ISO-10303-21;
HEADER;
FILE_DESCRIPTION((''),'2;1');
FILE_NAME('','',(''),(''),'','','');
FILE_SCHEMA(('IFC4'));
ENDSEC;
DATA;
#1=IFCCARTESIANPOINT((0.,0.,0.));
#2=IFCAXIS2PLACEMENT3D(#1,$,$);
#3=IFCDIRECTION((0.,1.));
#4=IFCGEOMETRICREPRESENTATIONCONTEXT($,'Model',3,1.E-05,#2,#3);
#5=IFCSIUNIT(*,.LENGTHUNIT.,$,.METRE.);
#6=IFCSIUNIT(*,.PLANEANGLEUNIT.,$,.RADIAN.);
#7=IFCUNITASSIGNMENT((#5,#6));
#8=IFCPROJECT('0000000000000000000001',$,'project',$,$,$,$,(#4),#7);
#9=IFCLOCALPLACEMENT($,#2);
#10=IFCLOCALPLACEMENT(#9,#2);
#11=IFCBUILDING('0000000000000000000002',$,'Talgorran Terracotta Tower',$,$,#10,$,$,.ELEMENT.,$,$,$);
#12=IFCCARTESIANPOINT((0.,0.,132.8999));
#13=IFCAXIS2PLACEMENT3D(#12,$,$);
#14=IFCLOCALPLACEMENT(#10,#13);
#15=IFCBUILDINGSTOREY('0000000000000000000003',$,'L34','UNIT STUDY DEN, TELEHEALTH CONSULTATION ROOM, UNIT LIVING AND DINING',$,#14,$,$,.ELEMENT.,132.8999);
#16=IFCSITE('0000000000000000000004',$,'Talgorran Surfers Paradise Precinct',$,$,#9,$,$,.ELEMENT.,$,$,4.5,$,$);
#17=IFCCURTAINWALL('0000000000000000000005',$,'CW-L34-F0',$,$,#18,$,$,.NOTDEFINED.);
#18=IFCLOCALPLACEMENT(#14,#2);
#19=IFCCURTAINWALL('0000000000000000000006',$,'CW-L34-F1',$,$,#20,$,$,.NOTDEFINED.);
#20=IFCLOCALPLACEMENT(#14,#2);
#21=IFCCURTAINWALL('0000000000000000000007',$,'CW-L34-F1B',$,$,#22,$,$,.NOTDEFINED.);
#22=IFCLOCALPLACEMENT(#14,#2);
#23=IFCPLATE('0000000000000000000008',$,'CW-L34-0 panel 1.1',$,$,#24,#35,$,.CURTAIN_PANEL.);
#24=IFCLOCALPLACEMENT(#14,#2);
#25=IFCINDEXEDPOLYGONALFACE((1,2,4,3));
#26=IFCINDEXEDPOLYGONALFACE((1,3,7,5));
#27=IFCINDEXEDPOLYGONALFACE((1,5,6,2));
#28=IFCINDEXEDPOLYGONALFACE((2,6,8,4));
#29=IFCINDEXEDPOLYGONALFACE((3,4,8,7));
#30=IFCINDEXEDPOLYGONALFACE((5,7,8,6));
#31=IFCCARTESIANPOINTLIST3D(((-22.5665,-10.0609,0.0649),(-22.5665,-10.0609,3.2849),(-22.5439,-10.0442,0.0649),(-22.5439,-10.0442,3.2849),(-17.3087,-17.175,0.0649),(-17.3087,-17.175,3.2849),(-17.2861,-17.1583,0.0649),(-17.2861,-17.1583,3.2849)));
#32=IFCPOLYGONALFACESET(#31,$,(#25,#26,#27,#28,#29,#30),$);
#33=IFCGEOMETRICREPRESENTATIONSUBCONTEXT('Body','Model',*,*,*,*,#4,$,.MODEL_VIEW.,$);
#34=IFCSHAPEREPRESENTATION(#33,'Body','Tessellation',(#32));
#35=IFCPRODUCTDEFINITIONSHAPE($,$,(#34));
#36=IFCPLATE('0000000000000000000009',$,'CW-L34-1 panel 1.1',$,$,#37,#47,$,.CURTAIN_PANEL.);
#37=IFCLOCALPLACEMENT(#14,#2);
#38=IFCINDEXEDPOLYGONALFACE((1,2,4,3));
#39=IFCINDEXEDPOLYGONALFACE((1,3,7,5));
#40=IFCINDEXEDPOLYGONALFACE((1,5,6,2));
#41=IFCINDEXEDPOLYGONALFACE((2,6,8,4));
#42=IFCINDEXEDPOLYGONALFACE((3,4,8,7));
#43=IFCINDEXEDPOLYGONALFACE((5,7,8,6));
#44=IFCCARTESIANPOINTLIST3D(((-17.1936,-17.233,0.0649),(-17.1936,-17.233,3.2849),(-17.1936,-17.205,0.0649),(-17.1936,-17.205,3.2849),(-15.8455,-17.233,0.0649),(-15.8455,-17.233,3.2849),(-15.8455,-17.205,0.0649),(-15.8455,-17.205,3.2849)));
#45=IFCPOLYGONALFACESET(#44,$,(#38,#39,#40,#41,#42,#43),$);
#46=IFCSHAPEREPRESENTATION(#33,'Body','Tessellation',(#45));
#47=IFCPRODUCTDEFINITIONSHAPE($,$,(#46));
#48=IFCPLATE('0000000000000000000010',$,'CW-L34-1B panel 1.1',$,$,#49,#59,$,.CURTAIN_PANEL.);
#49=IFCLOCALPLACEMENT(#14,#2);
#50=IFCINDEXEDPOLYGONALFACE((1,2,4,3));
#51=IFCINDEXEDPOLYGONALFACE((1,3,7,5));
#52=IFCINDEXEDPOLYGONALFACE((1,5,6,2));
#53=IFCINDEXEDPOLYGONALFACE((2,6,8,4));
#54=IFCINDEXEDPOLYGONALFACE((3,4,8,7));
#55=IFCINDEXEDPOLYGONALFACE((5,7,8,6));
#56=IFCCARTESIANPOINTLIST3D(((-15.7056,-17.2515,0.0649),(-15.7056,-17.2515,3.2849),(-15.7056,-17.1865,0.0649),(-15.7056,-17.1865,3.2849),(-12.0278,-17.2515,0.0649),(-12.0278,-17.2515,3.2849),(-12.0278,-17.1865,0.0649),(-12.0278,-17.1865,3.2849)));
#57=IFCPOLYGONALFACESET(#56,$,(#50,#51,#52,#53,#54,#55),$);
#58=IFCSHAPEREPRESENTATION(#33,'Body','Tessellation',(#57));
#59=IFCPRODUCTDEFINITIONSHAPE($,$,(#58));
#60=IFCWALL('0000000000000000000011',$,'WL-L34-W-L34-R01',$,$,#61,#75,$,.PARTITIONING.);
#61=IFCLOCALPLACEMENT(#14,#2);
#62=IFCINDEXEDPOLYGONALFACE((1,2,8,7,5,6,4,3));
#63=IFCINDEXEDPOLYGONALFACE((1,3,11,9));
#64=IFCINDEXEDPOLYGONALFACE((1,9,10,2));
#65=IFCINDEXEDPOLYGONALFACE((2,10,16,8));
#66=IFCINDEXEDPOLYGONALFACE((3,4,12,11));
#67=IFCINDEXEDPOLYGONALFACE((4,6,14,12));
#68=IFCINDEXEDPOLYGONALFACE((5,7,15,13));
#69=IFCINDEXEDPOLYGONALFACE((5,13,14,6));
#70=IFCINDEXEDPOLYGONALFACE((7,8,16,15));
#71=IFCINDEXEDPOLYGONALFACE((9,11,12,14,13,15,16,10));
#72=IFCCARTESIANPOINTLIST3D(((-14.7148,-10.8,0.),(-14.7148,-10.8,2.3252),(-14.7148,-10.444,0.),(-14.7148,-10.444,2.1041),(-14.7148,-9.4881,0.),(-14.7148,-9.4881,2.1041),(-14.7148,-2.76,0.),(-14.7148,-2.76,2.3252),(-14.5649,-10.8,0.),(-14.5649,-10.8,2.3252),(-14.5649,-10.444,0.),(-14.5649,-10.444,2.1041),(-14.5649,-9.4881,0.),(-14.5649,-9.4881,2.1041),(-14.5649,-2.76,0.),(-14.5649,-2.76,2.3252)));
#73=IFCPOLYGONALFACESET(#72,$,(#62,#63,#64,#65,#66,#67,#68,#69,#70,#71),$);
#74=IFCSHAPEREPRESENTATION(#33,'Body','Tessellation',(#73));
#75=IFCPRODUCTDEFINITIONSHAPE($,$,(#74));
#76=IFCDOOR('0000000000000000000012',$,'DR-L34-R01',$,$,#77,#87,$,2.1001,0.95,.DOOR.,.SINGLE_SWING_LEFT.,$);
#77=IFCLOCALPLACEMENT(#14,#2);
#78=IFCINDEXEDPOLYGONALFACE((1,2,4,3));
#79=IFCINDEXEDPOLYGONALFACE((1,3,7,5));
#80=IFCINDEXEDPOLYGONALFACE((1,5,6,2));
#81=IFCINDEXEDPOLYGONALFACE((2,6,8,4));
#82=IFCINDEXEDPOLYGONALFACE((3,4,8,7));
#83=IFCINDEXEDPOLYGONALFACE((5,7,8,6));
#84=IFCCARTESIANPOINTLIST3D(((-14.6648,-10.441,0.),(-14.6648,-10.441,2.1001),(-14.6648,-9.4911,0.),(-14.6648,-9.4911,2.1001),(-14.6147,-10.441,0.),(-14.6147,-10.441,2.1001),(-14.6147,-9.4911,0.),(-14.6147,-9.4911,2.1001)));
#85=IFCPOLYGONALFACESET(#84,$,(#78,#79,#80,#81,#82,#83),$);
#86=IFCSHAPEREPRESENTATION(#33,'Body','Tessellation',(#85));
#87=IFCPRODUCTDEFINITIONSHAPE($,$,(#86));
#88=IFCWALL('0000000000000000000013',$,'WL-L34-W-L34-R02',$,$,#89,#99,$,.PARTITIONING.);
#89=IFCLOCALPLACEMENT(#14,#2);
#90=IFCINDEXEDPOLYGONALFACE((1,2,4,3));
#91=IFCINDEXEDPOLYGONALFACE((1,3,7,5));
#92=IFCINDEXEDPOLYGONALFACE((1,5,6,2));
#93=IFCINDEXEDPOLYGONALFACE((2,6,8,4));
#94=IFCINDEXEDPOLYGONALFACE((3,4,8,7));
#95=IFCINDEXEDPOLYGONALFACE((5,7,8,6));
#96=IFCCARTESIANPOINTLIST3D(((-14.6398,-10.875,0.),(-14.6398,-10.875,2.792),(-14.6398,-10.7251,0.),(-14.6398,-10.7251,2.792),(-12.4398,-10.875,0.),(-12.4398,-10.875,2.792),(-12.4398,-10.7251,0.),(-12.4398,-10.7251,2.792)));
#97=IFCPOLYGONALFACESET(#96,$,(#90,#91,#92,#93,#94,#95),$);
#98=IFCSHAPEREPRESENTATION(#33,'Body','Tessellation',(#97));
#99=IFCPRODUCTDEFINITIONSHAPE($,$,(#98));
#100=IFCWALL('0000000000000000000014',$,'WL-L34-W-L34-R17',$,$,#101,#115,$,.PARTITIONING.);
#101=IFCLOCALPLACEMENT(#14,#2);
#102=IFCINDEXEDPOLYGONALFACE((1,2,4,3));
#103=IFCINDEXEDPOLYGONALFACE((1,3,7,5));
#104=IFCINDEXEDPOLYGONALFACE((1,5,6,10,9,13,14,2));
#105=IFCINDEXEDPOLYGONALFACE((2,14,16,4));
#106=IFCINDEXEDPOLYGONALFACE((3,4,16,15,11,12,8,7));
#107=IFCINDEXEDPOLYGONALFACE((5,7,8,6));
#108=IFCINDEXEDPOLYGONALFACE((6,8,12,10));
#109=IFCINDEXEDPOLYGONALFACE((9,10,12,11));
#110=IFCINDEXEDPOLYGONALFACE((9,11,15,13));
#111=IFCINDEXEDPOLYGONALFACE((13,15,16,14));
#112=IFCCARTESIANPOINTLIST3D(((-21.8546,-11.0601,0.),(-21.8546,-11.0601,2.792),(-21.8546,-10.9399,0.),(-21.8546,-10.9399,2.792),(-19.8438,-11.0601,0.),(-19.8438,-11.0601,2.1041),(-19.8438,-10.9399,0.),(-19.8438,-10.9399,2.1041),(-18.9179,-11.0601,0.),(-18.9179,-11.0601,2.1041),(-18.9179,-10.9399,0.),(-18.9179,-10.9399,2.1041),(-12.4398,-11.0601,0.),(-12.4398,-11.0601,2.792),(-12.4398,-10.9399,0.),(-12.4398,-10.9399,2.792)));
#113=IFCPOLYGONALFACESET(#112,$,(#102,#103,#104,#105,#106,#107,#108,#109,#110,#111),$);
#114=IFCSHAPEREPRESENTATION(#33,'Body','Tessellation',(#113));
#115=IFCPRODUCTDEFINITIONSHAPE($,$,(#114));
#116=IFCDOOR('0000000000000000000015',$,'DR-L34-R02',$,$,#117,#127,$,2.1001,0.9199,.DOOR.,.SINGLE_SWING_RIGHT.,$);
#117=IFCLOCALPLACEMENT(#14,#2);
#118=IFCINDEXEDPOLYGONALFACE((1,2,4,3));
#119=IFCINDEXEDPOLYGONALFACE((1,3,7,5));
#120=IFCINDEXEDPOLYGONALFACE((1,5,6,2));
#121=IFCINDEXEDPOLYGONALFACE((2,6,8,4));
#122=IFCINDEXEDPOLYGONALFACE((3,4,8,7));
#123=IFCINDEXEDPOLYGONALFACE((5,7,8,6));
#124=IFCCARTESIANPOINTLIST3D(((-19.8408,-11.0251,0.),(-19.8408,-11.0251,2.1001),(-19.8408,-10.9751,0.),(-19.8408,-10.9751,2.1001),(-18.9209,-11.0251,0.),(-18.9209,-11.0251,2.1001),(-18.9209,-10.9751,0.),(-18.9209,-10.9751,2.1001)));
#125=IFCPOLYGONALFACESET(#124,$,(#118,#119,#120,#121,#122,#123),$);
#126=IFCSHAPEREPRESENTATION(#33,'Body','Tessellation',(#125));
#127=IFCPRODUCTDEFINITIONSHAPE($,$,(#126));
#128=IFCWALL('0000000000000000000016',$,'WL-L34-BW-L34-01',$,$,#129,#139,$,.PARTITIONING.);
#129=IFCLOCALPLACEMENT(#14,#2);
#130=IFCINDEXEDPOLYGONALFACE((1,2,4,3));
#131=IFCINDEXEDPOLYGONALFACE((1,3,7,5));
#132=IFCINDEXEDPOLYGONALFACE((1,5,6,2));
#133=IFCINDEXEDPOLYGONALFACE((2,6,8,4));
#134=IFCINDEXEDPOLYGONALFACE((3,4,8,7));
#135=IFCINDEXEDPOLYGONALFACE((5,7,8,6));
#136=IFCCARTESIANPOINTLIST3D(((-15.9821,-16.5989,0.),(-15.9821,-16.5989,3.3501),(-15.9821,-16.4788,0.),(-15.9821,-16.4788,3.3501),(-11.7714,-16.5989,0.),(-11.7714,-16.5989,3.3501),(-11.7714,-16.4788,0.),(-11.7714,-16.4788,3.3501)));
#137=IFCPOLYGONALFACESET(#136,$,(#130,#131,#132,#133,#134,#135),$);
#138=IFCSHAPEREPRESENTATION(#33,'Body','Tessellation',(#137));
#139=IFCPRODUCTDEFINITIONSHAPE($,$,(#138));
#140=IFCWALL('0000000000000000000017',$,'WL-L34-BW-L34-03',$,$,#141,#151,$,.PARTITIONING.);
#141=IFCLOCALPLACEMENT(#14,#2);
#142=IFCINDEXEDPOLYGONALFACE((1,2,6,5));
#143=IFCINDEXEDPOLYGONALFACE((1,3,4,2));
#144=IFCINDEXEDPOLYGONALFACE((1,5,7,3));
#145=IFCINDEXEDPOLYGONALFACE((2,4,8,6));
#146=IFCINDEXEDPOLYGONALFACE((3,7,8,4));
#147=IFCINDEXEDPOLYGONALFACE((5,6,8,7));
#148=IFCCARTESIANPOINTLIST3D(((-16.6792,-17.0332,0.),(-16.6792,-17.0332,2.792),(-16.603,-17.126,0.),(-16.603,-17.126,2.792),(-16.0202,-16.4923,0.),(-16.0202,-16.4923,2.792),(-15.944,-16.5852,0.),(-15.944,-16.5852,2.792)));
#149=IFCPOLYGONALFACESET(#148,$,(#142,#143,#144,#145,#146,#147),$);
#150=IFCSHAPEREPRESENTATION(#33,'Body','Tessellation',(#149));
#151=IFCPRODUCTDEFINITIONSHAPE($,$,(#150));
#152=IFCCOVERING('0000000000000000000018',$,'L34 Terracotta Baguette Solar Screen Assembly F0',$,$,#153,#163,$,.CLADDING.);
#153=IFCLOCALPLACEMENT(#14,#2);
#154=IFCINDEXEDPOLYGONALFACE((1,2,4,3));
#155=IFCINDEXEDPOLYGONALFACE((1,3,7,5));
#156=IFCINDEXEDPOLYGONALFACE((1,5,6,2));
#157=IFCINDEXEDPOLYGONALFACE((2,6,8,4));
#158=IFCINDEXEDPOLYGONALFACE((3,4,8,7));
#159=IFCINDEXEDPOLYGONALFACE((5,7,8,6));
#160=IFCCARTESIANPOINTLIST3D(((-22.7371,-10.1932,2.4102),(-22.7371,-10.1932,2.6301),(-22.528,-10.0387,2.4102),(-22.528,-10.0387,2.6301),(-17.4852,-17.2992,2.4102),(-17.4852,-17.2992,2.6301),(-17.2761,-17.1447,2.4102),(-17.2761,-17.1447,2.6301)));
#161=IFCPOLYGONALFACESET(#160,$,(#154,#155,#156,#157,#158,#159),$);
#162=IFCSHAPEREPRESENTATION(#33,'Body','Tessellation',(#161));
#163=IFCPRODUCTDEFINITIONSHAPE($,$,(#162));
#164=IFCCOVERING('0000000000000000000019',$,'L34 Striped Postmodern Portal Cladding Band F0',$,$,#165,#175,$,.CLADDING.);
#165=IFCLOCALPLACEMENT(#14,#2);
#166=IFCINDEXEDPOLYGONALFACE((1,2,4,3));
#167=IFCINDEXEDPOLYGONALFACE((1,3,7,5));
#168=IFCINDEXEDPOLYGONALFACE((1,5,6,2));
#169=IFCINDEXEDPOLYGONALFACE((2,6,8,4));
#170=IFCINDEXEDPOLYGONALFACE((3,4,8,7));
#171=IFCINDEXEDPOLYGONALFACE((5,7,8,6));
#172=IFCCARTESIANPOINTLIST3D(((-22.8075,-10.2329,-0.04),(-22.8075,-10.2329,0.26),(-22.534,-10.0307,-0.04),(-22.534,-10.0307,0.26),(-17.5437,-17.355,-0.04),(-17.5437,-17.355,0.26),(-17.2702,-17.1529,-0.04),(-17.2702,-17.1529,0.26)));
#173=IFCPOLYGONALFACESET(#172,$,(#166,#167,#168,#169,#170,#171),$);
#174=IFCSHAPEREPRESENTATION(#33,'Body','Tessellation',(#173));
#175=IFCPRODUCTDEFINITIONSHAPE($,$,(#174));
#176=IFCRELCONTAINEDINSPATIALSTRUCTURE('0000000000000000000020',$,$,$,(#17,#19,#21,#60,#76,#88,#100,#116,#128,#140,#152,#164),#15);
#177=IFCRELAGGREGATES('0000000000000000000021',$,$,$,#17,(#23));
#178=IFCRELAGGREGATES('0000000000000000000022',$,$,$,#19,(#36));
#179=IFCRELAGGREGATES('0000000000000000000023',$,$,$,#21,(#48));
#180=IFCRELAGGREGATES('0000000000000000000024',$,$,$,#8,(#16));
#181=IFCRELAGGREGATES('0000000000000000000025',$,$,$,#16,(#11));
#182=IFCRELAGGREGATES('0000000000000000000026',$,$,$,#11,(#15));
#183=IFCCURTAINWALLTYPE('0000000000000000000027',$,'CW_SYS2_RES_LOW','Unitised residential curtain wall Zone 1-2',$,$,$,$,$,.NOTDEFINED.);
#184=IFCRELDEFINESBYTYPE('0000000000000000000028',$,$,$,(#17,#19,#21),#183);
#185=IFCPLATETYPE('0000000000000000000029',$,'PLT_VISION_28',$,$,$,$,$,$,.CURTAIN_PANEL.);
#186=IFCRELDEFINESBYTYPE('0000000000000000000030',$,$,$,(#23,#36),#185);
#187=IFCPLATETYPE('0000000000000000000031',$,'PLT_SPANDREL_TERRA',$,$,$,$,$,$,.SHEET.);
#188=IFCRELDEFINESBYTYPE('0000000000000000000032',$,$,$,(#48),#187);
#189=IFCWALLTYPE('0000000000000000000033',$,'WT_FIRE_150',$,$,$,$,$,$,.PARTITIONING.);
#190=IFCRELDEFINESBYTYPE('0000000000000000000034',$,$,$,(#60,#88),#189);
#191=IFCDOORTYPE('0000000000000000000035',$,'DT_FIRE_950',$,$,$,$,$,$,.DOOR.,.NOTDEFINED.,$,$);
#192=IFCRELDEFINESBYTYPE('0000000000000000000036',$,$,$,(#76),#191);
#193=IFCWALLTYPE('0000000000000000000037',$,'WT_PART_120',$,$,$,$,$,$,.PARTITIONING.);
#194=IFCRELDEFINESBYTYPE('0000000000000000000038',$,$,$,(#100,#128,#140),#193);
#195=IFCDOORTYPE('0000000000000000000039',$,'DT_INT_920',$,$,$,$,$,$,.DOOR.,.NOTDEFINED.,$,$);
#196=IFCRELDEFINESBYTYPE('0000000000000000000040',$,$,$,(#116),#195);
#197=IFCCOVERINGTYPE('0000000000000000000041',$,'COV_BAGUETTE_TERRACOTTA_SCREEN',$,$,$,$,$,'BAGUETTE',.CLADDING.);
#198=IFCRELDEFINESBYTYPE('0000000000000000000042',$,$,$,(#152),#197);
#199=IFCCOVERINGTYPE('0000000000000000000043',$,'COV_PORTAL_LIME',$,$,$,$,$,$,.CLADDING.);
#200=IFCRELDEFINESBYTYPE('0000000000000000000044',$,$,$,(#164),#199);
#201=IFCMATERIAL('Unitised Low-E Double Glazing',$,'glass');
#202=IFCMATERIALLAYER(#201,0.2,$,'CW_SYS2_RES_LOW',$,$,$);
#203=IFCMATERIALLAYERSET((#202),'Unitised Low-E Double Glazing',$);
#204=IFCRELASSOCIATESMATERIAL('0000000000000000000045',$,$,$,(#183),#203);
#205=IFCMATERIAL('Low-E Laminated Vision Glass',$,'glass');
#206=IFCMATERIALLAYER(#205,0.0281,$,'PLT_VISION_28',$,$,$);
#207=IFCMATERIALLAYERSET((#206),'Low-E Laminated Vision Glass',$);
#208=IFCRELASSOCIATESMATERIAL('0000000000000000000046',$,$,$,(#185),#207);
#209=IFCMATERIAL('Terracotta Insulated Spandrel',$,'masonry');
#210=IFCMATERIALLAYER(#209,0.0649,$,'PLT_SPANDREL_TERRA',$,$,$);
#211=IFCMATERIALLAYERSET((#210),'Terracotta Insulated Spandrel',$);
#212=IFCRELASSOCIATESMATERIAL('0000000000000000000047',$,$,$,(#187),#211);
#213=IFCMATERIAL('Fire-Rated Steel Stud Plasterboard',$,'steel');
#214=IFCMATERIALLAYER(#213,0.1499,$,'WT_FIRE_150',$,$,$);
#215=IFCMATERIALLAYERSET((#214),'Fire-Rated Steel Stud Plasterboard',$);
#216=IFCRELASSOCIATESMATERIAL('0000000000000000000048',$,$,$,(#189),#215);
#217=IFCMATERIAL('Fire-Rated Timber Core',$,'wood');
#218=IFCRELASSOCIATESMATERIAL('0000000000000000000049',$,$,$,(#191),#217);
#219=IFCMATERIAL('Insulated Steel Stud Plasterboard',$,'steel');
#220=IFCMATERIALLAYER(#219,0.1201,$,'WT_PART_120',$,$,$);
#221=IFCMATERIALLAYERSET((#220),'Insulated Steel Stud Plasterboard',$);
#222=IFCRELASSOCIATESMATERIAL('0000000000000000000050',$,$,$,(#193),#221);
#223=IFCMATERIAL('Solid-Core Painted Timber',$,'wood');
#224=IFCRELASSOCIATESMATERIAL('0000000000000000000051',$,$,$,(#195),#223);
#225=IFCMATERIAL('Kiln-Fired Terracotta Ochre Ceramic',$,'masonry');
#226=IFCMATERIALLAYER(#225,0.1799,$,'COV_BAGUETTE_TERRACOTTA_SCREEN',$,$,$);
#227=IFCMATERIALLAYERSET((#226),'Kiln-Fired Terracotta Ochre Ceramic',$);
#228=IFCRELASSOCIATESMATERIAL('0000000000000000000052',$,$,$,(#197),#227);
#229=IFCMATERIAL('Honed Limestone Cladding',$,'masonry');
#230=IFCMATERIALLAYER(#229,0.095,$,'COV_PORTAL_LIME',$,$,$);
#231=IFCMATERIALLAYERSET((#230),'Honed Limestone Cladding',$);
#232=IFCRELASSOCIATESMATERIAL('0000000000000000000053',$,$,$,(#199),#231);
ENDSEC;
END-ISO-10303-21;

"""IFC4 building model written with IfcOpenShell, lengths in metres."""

from ifc_helpers import new_model, si_unit, direction, frame, frame_2d, origin, origin_2d, place, context, subcontext, project, spatial, rectangle, extrude, source, transform, mapped, material, layer, layer_set, type_object, type_shapes, element, fill, aggregate, save


model = new_model("IFC4")

# Units and contexts
model_context = context("Model", 3, precision=1e-05, world=origin(), true_north=direction((0.0, 1.0)))
body_context = subcontext(model_context, "Body", "Model", "MODEL_VIEW")
ifc_project = project(units=[si_unit("LENGTHUNIT", "METRE"), si_unit("PLANEANGLEUNIT", "RADIAN")], contexts=[model_context])

# Site, building, storey
site_placement = place(None, origin())
site = spatial("IfcSite", under=ifc_project, at=site_placement, Name="Talgorran Surfers Paradise Precinct", CompositionType="ELEMENT", RefElevation=4.5)
building_placement = place(site_placement, origin())
building = spatial("IfcBuilding", under=site, at=building_placement, Name="Talgorran Terracotta Tower", CompositionType="ELEMENT")
storey_placement = place(building_placement, frame((0.0, 0.0, 132.8999)))
storey = spatial("IfcBuildingStorey", under=building, at=storey_placement, Name="L34", Description="UNIT STUDY DEN, TELEHEALTH CONSULTATION ROOM, UNIT LIVING AND DINING", CompositionType="ELEMENT", Elevation=132.8999)

# Curtain wall
ifc_material_1 = material(Name="Unitised Low-E Double Glazing", Category="glass")
ifc_layer_1 = layer(ifc_material_1, 0.2, Name="CW_SYS2_RES_LOW")
ifc_layer_set_1 = layer_set([ifc_layer_1], Name="Unitised Low-E Double Glazing")
curtain_wall_type = type_object("IfcCurtainWallType", Name="CW_SYS2_RES_LOW", Description="Unitised residential curtain wall Zone 1-2", PredefinedType="NOTDEFINED", material=ifc_layer_set_1)
curtain_wall_1_placement = place(storey_placement, origin())
curtain_wall_1 = element("IfcCurtainWall", 1, at=curtain_wall_1_placement, inside=storey, type_object=curtain_wall_type, Name="CW-L34-F0", PredefinedType="NOTDEFINED")

# Curtain wall
curtain_wall_2_placement = place(storey_placement, origin())
curtain_wall_2 = element("IfcCurtainWall", 2, at=curtain_wall_2_placement, inside=storey, type_object=curtain_wall_type, Name="CW-L34-F1", PredefinedType="NOTDEFINED")

# Curtain wall
curtain_wall_3_placement = place(storey_placement, origin())
curtain_wall_3 = element("IfcCurtainWall", 3, at=curtain_wall_3_placement, inside=storey, type_object=curtain_wall_type, Name="CW-L34-F1B", PredefinedType="NOTDEFINED")

# Plates
ifc_material_2 = material(Name="Low-E Laminated Vision Glass", Category="glass")
ifc_layer_2 = layer(ifc_material_2, 0.0281, Name="PLT_VISION_28")
ifc_layer_set_2 = layer_set([ifc_layer_2], Name="Low-E Laminated Vision Glass")
plate_type_1 = type_object("IfcPlateType", Name="PLT_VISION_28", PredefinedType="CURTAIN_PANEL", material=ifc_layer_set_2)
shared_shape_1 = source(origin(), body_context, "Body", "SweptSolid", [
    extrude(rectangle(XDim=8.8462, YDim=0.0281, at=origin_2d()), origin(), (0.0, 0.0, 1.0), 3.22),
])
plate_1_placement = place(storey_placement, frame((-19.9263, -13.6096, 0.0649), z_axis=(0.0, 0.0, 1.0), x_axis=(0.594358, -0.804201, 0.0)))
plate_1 = element("IfcPlate", 4, at=plate_1_placement, type_object=plate_type_1, Name="CW-L34-0 panel 1.1", PredefinedType="CURTAIN_PANEL", context=body_context, shape_type="MappedRepresentation", body=[
    mapped(shared_shape_1, transform((0.0, 0.0, 0.0), scale=1.0)),
])
aggregate(curtain_wall_1, [plate_1])
shared_shape_2 = source(origin(), body_context, "Body", "SweptSolid", [
    extrude(rectangle(XDim=1.3481, YDim=0.0281, at=origin_2d()), origin(), (0.0, 0.0, 1.0), 3.22),
])
type_shapes(plate_type_1, [shared_shape_1, shared_shape_2])
plate_2_placement = place(storey_placement, frame((-16.5195, -17.219, 0.0649), z_axis=(0.0, 0.0, 1.0), x_axis=(1.0, 0.0, 0.0)))
plate_2 = element("IfcPlate", 5, at=plate_2_placement, type_object=plate_type_1, Name="CW-L34-1 panel 1.1", PredefinedType="CURTAIN_PANEL", context=body_context, shape_type="MappedRepresentation", body=[
    mapped(shared_shape_2, transform((0.0, 0.0, 0.0), scale=1.0)),
])
aggregate(curtain_wall_2, [plate_2])
ifc_material_3 = material(Name="Terracotta Insulated Spandrel", Category="masonry")
ifc_layer_3 = layer(ifc_material_3, 0.0649, Name="PLT_SPANDREL_TERRA")
ifc_layer_set_3 = layer_set([ifc_layer_3], Name="Terracotta Insulated Spandrel")
plate_type_2 = type_object("IfcPlateType", Name="PLT_SPANDREL_TERRA", PredefinedType="SHEET", material=ifc_layer_set_3)
shared_shape_3 = source(origin(), body_context, "Body", "SweptSolid", [
    extrude(rectangle(XDim=3.6777, YDim=0.0649, at=origin_2d()), origin(), (0.0, 0.0, 1.0), 3.22),
])
type_shapes(plate_type_2, [shared_shape_3])
plate_3_placement = place(storey_placement, frame((-13.8667, -17.219, 0.0649), z_axis=(0.0, 0.0, 1.0), x_axis=(1.0, 0.0, 0.0)))
plate_3 = element("IfcPlate", 6, at=plate_3_placement, type_object=plate_type_2, Name="CW-L34-1B panel 1.1", PredefinedType="CURTAIN_PANEL", context=body_context, shape_type="MappedRepresentation", body=[
    mapped(shared_shape_3, transform((0.0, 0.0, 0.0), scale=1.0)),
])
aggregate(curtain_wall_3, [plate_3])

# Wall, opening, door
ifc_material_4 = material(Name="Fire-Rated Steel Stud Plasterboard", Category="steel")
ifc_layer_4 = layer(ifc_material_4, 0.1499, Name="WT_FIRE_150")
ifc_layer_set_4 = layer_set([ifc_layer_4], Name="Fire-Rated Steel Stud Plasterboard")
wall_type_1 = type_object("IfcWallType", Name="WT_FIRE_150", PredefinedType="PARTITIONING", material=ifc_layer_set_4)
wall_1_placement = place(storey_placement, frame((-14.6399, -10.8, 0.0), z_axis=(0.0, 0.0, 1.0), x_axis=(0.0, 1.0, 0.0)))
wall_1 = element("IfcWall", 7, at=wall_1_placement, inside=storey, type_object=wall_type_1, Name="WL-L34-W-L34-R01", PredefinedType="PARTITIONING", context=body_context, shape_type="SweptSolid", body=[
    extrude(rectangle(XDim=8.04, YDim=0.1499, at=frame_2d((4.02, 0.0))), origin(), (0.0, 0.0, 1.0), 2.3252),
])
opening_1_placement = place(wall_1_placement, frame((0.3589, 0.0, 0.0)))
opening_1 = element("IfcOpeningElement", 8, at=opening_1_placement, cuts=wall_1, PredefinedType="OPENING", context=body_context, shape_type="SweptSolid", body=[
    extrude(rectangle(XDim=0.956, YDim=2.1041, at=frame_2d((0.4751, 1.052))), frame((0.0, 0.085, 0.0), z_axis=(0.0, -1.0, 0.0), x_axis=(1.0, 0.0, 0.0)), (0.0, 0.0, 1.0), 0.1699),
])
ifc_material_5 = material(Name="Fire-Rated Timber Core", Category="wood")
door_type_1 = type_object("IfcDoorType", Name="DT_FIRE_950", OperationType="NOTDEFINED", PredefinedType="DOOR", material=ifc_material_5)
door_1_placement = place(opening_1_placement, origin())
door_1 = element("IfcDoor", 9, at=door_1_placement, inside=storey, type_object=door_type_1, Name="DR-L34-R01", OperationType="SINGLE_SWING_LEFT", OverallHeight=2.1001, OverallWidth=0.95, PredefinedType="DOOR", context=body_context, shape_type="SweptSolid", body=[
    extrude(rectangle(XDim=0.95, YDim=2.1001, at=frame_2d((0.4751, 1.05))), frame((0.0, 0.0249, 0.0), z_axis=(0.0, -1.0, 0.0), x_axis=(1.0, 0.0, 0.0)), (0.0, 0.0, 1.0), 0.05),
])
fill(opening_1, door_1)

# Wall
wall_2_placement = place(storey_placement, frame((-14.6399, -10.8, 0.0), z_axis=(0.0, 0.0, 1.0), x_axis=(1.0, 0.0, 0.0)))
element("IfcWall", 10, at=wall_2_placement, inside=storey, type_object=wall_type_1, Name="WL-L34-W-L34-R02", PredefinedType="PARTITIONING", context=body_context, shape_type="SweptSolid", body=[
    extrude(rectangle(XDim=2.2, YDim=0.1499, at=frame_2d((1.1001, 0.0))), origin(), (0.0, 0.0, 1.0), 2.792),
])

# Wall, opening, door
ifc_material_6 = material(Name="Insulated Steel Stud Plasterboard", Category="steel")
ifc_layer_5 = layer(ifc_material_6, 0.1201, Name="WT_PART_120")
ifc_layer_set_5 = layer_set([ifc_layer_5], Name="Insulated Steel Stud Plasterboard")
wall_type_2 = type_object("IfcWallType", Name="WT_PART_120", PredefinedType="PARTITIONING", material=ifc_layer_set_5)
wall_3_placement = place(storey_placement, frame((-21.8547, -11.0, 0.0), z_axis=(0.0, 0.0, 1.0), x_axis=(1.0, 0.0, 0.0)))
wall_3 = element("IfcWall", 11, at=wall_3_placement, inside=storey, type_object=wall_type_2, Name="WL-L34-W-L34-R17", PredefinedType="PARTITIONING", context=body_context, shape_type="SweptSolid", body=[
    extrude(rectangle(XDim=9.4148, YDim=0.1201, at=frame_2d((4.7075, 0.0))), origin(), (0.0, 0.0, 1.0), 2.792),
])
opening_2_placement = place(wall_3_placement, frame((2.0139, 0.0, 0.0)))
opening_2 = element("IfcOpeningElement", 12, at=opening_2_placement, cuts=wall_3, PredefinedType="OPENING", context=body_context, shape_type="SweptSolid", body=[
    extrude(rectangle(XDim=0.9259, YDim=2.1041, at=frame_2d((0.46, 1.052))), frame((0.0, 0.0701, 0.0), z_axis=(0.0, -1.0, 0.0), x_axis=(1.0, 0.0, 0.0)), (0.0, 0.0, 1.0), 0.1401),
])
ifc_material_7 = material(Name="Solid-Core Painted Timber", Category="wood")
door_type_2 = type_object("IfcDoorType", Name="DT_INT_920", OperationType="NOTDEFINED", PredefinedType="DOOR", material=ifc_material_7)
door_2_placement = place(opening_2_placement, origin())
door_2 = element("IfcDoor", 13, at=door_2_placement, inside=storey, type_object=door_type_2, Name="DR-L34-R02", OperationType="SINGLE_SWING_RIGHT", OverallHeight=2.1001, OverallWidth=0.9199, PredefinedType="DOOR", context=body_context, shape_type="SweptSolid", body=[
    extrude(rectangle(XDim=0.9199, YDim=2.1001, at=frame_2d((0.46, 1.05))), frame((0.0, 0.0249, 0.0), z_axis=(0.0, -1.0, 0.0), x_axis=(1.0, 0.0, 0.0)), (0.0, 0.0, 1.0), 0.05),
])
fill(opening_2, door_2)

# Walls
wall_4_placement = place(storey_placement, frame((-15.9822, -16.5388, 0.0), z_axis=(0.0, 0.0, 1.0), x_axis=(1.0, 0.0, 0.0)))
element("IfcWall", 14, at=wall_4_placement, inside=storey, type_object=wall_type_2, Name="WL-L34-BW-L34-01", PredefinedType="PARTITIONING", context=body_context, shape_type="SweptSolid", body=[
    extrude(rectangle(XDim=4.2107, YDim=0.1201, at=frame_2d((2.1055, 0.0))), origin(), (0.0, 0.0, 1.0), 3.3501),
])
wall_5_placement = place(storey_placement, frame((-16.6411, -17.0796, 0.0), z_axis=(0.0, 0.0, 1.0), x_axis=(0.773012, 0.634391, 0.0)))
element("IfcWall", 15, at=wall_5_placement, inside=storey, type_object=wall_type_2, Name="WL-L34-BW-L34-03", PredefinedType="PARTITIONING", context=body_context, shape_type="SweptSolid", body=[
    extrude(rectangle(XDim=0.8525, YDim=0.1201, at=frame_2d((0.4263, 0.0))), origin(), (0.0, 0.0, 1.0), 2.792),
])

# Coverings
ifc_material_8 = material(Name="Kiln-Fired Terracotta Ochre Ceramic", Category="masonry")
ifc_layer_6 = layer(ifc_material_8, 0.1799, Name="COV_BAGUETTE_TERRACOTTA_SCREEN")
ifc_layer_set_6 = layer_set([ifc_layer_6], Name="Kiln-Fired Terracotta Ochre Ceramic")
covering_type_1 = type_object("IfcCoveringType", Name="COV_BAGUETTE_TERRACOTTA_SCREEN", ElementType="BAGUETTE", PredefinedType="CLADDING", material=ifc_layer_set_6)
covering_1_placement = place(storey_placement, frame((-20.0066, -13.6689, 2.4102), z_axis=(0.0, 0.0, 1.0), x_axis=(0.59436, -0.804199, 0.0)))
element("IfcCovering", 16, at=covering_1_placement, inside=storey, type_object=covering_type_1, Name="L34 Terracotta Baguette Solar Screen Assembly F0", PredefinedType="CLADDING", context=body_context, shape_type="SweptSolid", body=[
    extrude(rectangle(XDim=8.8362, YDim=0.26, at=origin_2d()), origin(), (0.0, 0.0, 1.0), 0.22),
])
ifc_material_9 = material(Name="Honed Limestone Cladding", Category="masonry")
ifc_layer_7 = layer(ifc_material_9, 0.095, Name="COV_PORTAL_LIME")
ifc_layer_set_7 = layer_set([ifc_layer_7], Name="Honed Limestone Cladding")
covering_type_2 = type_object("IfcCoveringType", Name="COV_PORTAL_LIME", PredefinedType="CLADDING", material=ifc_layer_set_7)
covering_2_placement = place(storey_placement, frame((-20.0388, -13.6929, -0.04), z_axis=(0.0, 0.0, 1.0), x_axis=(0.59436, -0.804199, 0.0)))
element("IfcCovering", 17, at=covering_2_placement, inside=storey, type_object=covering_type_2, Name="L34 Striped Postmodern Portal Cladding Band F0", PredefinedType="CLADDING", context=body_context, shape_type="SweptSolid", body=[
    extrude(rectangle(XDim=8.8562, YDim=0.3401, at=origin_2d()), origin(), (0.0, 0.0, 1.0), 0.3),
])

save(model, "model.ifc")
